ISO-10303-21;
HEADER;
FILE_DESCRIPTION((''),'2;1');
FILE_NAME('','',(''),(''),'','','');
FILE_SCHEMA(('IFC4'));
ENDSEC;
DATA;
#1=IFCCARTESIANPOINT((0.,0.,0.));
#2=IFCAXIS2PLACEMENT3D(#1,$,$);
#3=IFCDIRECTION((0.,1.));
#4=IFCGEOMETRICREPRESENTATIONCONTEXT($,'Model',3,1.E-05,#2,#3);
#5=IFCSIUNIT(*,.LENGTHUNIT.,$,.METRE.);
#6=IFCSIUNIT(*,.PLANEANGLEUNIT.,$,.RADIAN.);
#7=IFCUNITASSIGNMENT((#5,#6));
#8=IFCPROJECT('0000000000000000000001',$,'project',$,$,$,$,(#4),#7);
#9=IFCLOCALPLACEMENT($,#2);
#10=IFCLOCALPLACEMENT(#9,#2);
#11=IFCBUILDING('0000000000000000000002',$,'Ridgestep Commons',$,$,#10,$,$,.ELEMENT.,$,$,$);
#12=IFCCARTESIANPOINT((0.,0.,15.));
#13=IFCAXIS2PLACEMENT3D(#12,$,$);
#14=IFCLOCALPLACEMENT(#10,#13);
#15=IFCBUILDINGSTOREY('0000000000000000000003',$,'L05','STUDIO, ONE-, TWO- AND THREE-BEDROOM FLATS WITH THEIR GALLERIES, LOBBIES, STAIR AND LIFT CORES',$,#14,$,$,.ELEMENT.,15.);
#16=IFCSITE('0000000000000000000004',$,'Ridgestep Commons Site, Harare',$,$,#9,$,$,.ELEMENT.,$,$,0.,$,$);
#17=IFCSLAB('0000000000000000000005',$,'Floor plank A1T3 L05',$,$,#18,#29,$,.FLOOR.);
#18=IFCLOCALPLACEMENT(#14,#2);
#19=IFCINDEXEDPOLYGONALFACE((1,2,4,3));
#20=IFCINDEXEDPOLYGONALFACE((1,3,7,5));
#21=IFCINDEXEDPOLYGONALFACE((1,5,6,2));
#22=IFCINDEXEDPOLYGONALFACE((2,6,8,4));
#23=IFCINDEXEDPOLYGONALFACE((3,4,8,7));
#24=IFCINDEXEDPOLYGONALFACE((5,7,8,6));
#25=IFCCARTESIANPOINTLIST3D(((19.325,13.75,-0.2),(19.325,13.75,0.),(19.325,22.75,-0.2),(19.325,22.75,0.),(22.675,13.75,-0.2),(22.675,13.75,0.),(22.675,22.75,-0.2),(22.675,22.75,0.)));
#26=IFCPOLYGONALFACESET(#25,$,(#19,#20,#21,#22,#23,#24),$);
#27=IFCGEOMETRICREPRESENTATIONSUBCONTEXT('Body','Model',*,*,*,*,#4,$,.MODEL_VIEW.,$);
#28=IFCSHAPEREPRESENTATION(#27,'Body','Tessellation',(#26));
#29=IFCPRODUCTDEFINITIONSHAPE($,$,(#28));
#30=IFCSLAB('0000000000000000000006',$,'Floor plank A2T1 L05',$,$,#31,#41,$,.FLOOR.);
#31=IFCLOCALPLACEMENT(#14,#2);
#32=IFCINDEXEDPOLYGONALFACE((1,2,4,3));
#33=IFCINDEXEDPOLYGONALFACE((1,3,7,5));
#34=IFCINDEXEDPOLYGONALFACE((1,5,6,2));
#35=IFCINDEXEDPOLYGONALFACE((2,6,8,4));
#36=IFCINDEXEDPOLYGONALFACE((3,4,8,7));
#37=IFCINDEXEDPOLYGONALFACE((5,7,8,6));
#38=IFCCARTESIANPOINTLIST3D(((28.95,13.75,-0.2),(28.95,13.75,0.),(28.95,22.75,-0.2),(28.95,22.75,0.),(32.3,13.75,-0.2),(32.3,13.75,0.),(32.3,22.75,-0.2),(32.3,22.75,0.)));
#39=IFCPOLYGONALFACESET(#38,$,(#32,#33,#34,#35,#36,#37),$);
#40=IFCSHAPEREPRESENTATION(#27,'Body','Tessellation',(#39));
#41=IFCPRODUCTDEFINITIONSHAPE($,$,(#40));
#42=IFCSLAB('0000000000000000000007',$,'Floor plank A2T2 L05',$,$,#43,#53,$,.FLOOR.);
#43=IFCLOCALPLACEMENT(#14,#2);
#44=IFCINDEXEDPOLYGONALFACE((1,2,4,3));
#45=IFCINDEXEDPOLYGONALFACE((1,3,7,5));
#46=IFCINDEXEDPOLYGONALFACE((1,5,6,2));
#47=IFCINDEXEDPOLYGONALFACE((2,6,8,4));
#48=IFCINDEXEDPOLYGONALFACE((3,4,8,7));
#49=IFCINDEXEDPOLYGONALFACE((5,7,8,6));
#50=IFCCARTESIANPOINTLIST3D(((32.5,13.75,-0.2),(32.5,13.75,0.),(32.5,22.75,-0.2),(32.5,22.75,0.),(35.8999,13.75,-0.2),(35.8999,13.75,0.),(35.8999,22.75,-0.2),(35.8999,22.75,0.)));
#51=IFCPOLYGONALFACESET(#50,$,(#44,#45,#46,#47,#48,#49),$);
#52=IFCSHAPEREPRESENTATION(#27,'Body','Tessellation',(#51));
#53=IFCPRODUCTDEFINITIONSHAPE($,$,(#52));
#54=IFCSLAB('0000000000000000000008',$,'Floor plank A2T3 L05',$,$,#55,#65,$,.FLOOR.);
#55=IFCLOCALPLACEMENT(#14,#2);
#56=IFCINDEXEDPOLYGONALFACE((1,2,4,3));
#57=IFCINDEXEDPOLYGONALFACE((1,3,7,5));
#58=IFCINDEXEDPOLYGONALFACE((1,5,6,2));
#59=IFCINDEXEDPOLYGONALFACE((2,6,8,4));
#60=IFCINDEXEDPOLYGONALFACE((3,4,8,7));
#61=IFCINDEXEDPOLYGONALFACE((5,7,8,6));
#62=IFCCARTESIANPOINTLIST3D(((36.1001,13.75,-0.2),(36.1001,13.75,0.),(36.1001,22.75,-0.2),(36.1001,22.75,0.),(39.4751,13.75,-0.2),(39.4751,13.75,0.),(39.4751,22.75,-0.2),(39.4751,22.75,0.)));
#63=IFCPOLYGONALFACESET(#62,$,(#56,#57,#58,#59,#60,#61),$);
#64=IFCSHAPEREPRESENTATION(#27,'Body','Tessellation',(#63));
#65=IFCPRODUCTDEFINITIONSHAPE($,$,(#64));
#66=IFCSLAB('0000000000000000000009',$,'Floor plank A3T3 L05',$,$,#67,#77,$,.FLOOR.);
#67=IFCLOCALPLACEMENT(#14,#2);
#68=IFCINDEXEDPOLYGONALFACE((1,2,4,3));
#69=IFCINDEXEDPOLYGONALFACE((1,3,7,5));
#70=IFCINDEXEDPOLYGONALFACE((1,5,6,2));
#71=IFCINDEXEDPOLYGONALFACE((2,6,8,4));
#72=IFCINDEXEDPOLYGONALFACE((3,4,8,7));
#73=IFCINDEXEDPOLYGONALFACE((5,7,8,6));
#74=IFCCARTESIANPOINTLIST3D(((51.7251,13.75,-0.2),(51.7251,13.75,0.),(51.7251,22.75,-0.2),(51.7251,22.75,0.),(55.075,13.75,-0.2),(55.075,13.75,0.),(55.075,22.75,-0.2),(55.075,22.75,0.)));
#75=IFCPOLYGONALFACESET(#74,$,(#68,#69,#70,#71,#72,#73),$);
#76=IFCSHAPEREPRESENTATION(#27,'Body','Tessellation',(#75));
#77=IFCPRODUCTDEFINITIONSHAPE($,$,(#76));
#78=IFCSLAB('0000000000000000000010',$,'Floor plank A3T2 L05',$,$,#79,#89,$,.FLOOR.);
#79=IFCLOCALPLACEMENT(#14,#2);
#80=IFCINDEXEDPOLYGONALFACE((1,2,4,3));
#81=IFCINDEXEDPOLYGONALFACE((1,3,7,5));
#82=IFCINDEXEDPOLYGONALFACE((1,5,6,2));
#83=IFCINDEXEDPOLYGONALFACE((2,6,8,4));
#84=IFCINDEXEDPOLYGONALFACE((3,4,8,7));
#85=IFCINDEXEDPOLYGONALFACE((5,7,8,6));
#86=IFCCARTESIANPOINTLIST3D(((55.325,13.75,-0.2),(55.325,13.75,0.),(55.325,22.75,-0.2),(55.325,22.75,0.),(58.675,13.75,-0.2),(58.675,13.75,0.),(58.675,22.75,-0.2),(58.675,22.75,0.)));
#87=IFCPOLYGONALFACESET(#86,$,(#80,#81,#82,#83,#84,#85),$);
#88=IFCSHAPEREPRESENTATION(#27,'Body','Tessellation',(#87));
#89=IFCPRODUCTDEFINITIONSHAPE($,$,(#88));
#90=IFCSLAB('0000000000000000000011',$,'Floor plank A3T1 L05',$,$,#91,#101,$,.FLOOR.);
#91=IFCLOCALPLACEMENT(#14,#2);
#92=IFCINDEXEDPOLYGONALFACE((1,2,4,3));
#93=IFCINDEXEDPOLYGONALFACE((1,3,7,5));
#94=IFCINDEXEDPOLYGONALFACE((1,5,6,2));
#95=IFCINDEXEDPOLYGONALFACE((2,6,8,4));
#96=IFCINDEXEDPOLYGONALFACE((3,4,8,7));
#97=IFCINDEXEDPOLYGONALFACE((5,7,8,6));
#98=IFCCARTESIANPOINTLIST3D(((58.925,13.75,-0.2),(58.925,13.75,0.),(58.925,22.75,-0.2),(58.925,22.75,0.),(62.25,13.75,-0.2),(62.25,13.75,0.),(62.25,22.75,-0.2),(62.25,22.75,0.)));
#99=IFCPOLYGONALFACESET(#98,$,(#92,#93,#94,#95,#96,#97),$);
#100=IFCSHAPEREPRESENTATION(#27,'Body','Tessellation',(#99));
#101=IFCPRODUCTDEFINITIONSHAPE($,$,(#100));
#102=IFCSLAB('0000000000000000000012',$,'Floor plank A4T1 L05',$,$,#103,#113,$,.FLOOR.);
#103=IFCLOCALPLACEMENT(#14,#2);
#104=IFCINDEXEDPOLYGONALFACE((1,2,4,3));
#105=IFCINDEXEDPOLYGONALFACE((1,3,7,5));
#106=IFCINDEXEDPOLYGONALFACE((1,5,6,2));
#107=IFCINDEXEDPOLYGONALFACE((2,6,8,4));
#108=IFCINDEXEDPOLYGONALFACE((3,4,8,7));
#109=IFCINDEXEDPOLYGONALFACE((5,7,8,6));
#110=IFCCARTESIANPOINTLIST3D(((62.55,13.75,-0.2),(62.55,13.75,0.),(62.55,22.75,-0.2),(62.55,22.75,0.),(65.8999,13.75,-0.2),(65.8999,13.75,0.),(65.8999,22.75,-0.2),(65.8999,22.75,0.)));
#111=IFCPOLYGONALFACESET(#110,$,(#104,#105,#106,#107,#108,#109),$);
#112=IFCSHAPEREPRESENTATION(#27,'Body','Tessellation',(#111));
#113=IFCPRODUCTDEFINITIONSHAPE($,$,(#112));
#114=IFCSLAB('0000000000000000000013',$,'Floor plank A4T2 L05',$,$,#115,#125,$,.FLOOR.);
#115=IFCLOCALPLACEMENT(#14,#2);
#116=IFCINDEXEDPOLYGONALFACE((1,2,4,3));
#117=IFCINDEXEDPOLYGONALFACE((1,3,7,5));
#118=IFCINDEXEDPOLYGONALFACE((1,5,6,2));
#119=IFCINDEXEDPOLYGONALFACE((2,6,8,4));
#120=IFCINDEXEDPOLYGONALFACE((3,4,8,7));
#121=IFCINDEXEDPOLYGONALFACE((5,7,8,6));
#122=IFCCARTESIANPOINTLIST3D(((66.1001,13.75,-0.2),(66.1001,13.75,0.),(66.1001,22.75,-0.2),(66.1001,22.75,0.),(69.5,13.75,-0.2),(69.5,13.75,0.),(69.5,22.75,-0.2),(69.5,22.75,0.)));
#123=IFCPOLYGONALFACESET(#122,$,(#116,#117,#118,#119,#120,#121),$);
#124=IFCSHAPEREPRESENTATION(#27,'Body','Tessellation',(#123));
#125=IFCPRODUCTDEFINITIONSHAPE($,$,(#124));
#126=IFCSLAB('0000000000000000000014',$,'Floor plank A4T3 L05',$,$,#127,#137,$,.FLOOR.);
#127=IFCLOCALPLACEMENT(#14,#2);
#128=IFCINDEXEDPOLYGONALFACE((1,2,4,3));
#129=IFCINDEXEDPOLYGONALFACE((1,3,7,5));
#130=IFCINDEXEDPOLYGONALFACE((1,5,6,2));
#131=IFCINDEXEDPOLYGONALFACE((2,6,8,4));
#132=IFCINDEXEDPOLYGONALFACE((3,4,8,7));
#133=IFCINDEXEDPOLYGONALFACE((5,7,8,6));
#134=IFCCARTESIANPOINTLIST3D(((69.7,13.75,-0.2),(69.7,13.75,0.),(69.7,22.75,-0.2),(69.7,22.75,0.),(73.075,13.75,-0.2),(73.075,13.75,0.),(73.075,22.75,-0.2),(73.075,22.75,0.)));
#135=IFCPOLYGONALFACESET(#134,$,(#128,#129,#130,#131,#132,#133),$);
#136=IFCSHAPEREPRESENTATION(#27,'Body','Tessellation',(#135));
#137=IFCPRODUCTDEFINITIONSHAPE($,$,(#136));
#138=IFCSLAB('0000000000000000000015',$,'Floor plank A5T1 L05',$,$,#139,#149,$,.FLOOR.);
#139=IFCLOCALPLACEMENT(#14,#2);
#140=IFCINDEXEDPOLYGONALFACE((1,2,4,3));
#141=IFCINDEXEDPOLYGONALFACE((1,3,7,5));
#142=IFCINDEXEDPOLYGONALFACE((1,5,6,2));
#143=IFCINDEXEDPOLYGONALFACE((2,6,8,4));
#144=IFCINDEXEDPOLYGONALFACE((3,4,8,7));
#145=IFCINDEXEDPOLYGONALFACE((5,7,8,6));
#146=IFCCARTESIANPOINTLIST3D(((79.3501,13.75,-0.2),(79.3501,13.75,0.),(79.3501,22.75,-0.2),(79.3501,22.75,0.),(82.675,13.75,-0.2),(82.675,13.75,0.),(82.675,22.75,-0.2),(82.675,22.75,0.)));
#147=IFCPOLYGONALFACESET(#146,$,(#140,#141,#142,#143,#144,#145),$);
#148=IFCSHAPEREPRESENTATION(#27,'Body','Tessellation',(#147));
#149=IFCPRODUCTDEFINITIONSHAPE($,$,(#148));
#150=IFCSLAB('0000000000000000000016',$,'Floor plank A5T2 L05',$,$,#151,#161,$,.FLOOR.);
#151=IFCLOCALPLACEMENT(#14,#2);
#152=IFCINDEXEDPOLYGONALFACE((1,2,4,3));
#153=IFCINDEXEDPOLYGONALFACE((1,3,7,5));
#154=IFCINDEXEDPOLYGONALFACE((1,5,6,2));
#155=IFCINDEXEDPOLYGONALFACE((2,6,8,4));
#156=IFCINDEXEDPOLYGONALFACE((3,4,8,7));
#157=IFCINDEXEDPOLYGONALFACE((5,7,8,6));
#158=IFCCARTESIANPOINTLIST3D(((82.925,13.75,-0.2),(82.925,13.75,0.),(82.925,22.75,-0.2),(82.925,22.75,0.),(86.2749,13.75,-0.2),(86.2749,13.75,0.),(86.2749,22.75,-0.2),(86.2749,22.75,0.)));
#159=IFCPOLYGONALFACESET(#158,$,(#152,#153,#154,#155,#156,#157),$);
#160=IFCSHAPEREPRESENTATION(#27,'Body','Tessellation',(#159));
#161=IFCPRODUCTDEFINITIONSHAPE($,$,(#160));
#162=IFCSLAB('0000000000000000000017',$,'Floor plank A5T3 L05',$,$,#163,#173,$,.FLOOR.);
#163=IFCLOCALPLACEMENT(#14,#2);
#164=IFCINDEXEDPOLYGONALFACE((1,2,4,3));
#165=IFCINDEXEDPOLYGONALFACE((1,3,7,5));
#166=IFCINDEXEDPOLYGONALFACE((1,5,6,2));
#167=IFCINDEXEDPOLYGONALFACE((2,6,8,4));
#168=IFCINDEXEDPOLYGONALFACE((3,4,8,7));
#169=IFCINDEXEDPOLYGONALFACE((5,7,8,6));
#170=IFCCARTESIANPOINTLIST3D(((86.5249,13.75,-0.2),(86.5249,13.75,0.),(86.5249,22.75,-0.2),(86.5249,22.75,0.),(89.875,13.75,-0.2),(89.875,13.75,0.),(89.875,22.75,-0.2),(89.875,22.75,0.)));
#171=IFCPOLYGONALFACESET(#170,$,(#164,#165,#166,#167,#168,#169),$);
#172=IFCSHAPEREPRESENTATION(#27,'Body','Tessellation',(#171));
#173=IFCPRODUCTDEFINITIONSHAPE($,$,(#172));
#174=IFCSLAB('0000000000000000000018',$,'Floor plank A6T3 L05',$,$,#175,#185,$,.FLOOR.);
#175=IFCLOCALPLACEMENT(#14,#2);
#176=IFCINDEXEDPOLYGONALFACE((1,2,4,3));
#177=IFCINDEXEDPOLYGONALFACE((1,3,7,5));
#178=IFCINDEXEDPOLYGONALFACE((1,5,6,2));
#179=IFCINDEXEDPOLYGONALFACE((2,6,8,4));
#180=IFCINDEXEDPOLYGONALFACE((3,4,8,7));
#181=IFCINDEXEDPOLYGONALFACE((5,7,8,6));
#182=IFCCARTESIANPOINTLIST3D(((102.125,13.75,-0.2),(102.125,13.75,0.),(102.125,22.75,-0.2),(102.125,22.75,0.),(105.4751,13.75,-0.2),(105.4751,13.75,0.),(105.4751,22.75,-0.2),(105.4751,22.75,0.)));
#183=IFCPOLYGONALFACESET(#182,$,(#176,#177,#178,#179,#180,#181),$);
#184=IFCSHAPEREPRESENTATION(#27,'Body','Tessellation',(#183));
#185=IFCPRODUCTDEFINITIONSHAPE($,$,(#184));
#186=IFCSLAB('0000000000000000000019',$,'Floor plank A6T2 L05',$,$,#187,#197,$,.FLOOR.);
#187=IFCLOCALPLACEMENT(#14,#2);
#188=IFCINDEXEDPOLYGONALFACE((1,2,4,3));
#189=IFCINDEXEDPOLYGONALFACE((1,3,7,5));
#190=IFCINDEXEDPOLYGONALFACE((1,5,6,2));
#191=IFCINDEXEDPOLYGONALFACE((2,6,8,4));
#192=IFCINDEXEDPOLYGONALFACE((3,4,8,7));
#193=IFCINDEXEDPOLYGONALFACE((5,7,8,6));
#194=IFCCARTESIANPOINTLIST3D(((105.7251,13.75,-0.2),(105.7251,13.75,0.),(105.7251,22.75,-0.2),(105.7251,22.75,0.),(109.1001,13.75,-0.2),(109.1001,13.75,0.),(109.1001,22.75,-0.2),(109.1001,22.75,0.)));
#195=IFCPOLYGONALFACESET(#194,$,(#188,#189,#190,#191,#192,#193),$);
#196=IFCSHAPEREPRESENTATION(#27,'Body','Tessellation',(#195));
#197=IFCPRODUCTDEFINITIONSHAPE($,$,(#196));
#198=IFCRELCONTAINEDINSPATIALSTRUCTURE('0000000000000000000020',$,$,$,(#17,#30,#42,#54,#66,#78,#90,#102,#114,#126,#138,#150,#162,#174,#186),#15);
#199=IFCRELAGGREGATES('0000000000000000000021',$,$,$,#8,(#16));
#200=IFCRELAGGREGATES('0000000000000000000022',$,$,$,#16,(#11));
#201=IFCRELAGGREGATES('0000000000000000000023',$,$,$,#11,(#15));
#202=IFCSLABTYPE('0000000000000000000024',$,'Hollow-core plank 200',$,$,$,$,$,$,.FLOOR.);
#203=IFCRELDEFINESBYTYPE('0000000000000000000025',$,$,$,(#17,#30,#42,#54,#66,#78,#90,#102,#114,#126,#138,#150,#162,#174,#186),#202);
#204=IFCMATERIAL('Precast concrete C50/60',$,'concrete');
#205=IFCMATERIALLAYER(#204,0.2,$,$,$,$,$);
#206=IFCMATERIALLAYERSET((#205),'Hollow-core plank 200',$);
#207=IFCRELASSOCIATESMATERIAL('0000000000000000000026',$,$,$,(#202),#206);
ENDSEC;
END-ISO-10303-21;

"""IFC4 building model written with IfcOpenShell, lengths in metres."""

from ifc_helpers import new_model, si_unit, direction, frame, origin, place, context, subcontext, project, spatial, polyline, outline, extrude, material, layer, layer_set, type_object, element, save


model = new_model("IFC4")

# Units and contexts
model_context = context("Model", 3, precision=1e-05, world=origin(), true_north=direction((0.0, 1.0)))
body_context = subcontext(model_context, "Body", "Model", "MODEL_VIEW")
ifc_project = project(units=[si_unit("LENGTHUNIT", "METRE"), si_unit("PLANEANGLEUNIT", "RADIAN")], contexts=[model_context])

# Site, building, storey
site_placement = place(None, origin())
site = spatial("IfcSite", under=ifc_project, at=site_placement, Name="Ridgestep Commons Site, Harare", CompositionType="ELEMENT", RefElevation=0.0)
building_placement = place(site_placement, origin())
building = spatial("IfcBuilding", under=site, at=building_placement, Name="Ridgestep Commons", CompositionType="ELEMENT")
storey_placement = place(building_placement, frame((0.0, 0.0, 15.0)))
storey = spatial("IfcBuildingStorey", under=building, at=storey_placement, Name="L05", Description="STUDIO, ONE-, TWO- AND THREE-BEDROOM FLATS WITH THEIR GALLERIES, LOBBIES, STAIR AND LIFT CORES", CompositionType="ELEMENT", Elevation=15.0)

# Slabs
ifc_material_1 = material(Name="Precast concrete C50/60", Category="concrete")
ifc_layer_1 = layer(ifc_material_1, 0.2)
ifc_layer_set_1 = layer_set([ifc_layer_1], Name="Hollow-core plank 200")
slab_type_1 = type_object("IfcSlabType", Name="Hollow-core plank 200", PredefinedType="FLOOR", material=ifc_layer_set_1)
slab_1_placement = place(storey_placement, frame((0.0, 0.0, -0.2)))
element("IfcSlab", 1, at=slab_1_placement, inside=storey, type_object=slab_type_1, Name="Floor plank A1T3 L05", PredefinedType="FLOOR", context=body_context, shape_type="SweptSolid", body=[
    extrude(outline(polyline([(22.675, 13.75), (22.675, 22.75), (19.325, 22.75), (19.325, 13.75), (22.675, 13.75)])), origin(), (0.0, 0.0, 1.0), 0.2),
])
slab_2_placement = place(storey_placement, frame((0.0, 0.0, -0.2)))
element("IfcSlab", 2, at=slab_2_placement, inside=storey, type_object=slab_type_1, Name="Floor plank A2T1 L05", PredefinedType="FLOOR", context=body_context, shape_type="SweptSolid", body=[
    extrude(outline(polyline([(32.3, 13.75), (32.3, 22.75), (28.95, 22.75), (28.95, 13.75), (32.3, 13.75)])), origin(), (0.0, 0.0, 1.0), 0.2),
])
slab_3_placement = place(storey_placement, frame((0.0, 0.0, -0.2)))
element("IfcSlab", 3, at=slab_3_placement, inside=storey, type_object=slab_type_1, Name="Floor plank A2T2 L05", PredefinedType="FLOOR", context=body_context, shape_type="SweptSolid", body=[
    extrude(outline(polyline([(35.8999, 13.75), (35.8999, 22.75), (32.5, 22.75), (32.5, 13.75), (35.8999, 13.75)])), origin(), (0.0, 0.0, 1.0), 0.2),
])
slab_4_placement = place(storey_placement, frame((0.0, 0.0, -0.2)))
element("IfcSlab", 4, at=slab_4_placement, inside=storey, type_object=slab_type_1, Name="Floor plank A2T3 L05", PredefinedType="FLOOR", context=body_context, shape_type="SweptSolid", body=[
    extrude(outline(polyline([(39.4751, 13.75), (39.4751, 22.75), (36.1001, 22.75), (36.1001, 13.75), (39.4751, 13.75)])), origin(), (0.0, 0.0, 1.0), 0.2),
])
slab_5_placement = place(storey_placement, frame((0.0, 0.0, -0.2)))
element("IfcSlab", 5, at=slab_5_placement, inside=storey, type_object=slab_type_1, Name="Floor plank A3T3 L05", PredefinedType="FLOOR", context=body_context, shape_type="SweptSolid", body=[
    extrude(outline(polyline([(55.075, 13.75), (55.075, 22.75), (51.7251, 22.75), (51.7251, 13.75), (55.075, 13.75)])), origin(), (0.0, 0.0, 1.0), 0.2),
])
slab_6_placement = place(storey_placement, frame((0.0, 0.0, -0.2)))
element("IfcSlab", 6, at=slab_6_placement, inside=storey, type_object=slab_type_1, Name="Floor plank A3T2 L05", PredefinedType="FLOOR", context=body_context, shape_type="SweptSolid", body=[
    extrude(outline(polyline([(58.675, 13.75), (58.675, 22.75), (55.325, 22.75), (55.325, 13.75), (58.675, 13.75)])), origin(), (0.0, 0.0, 1.0), 0.2),
])
slab_7_placement = place(storey_placement, frame((0.0, 0.0, -0.2)))
element("IfcSlab", 7, at=slab_7_placement, inside=storey, type_object=slab_type_1, Name="Floor plank A3T1 L05", PredefinedType="FLOOR", context=body_context, shape_type="SweptSolid", body=[
    extrude(outline(polyline([(62.25, 13.75), (62.25, 22.75), (58.925, 22.75), (58.925, 13.75), (62.25, 13.75)])), origin(), (0.0, 0.0, 1.0), 0.2),
])
slab_8_placement = place(storey_placement, frame((0.0, 0.0, -0.2)))
element("IfcSlab", 8, at=slab_8_placement, inside=storey, type_object=slab_type_1, Name="Floor plank A4T1 L05", PredefinedType="FLOOR", context=body_context, shape_type="SweptSolid", body=[
    extrude(outline(polyline([(65.8999, 13.75), (65.8999, 22.75), (62.55, 22.75), (62.55, 13.75), (65.8999, 13.75)])), origin(), (0.0, 0.0, 1.0), 0.2),
])
slab_9_placement = place(storey_placement, frame((0.0, 0.0, -0.2)))
element("IfcSlab", 9, at=slab_9_placement, inside=storey, type_object=slab_type_1, Name="Floor plank A4T2 L05", PredefinedType="FLOOR", context=body_context, shape_type="SweptSolid", body=[
    extrude(outline(polyline([(69.5, 13.75), (69.5, 22.75), (66.1001, 22.75), (66.1001, 13.75), (69.5, 13.75)])), origin(), (0.0, 0.0, 1.0), 0.2),
])
slab_10_placement = place(storey_placement, frame((0.0, 0.0, -0.2)))
element("IfcSlab", 10, at=slab_10_placement, inside=storey, type_object=slab_type_1, Name="Floor plank A4T3 L05", PredefinedType="FLOOR", context=body_context, shape_type="SweptSolid", body=[
    extrude(outline(polyline([(73.075, 13.75), (73.075, 22.75), (69.7, 22.75), (69.7, 13.75), (73.075, 13.75)])), origin(), (0.0, 0.0, 1.0), 0.2),
])
slab_11_placement = place(storey_placement, frame((0.0, 0.0, -0.2)))
element("IfcSlab", 11, at=slab_11_placement, inside=storey, type_object=slab_type_1, Name="Floor plank A5T1 L05", PredefinedType="FLOOR", context=body_context, shape_type="SweptSolid", body=[
    extrude(outline(polyline([(82.675, 13.75), (82.675, 22.75), (79.3501, 22.75), (79.3501, 13.75), (82.675, 13.75)])), origin(), (0.0, 0.0, 1.0), 0.2),
])
slab_12_placement = place(storey_placement, frame((0.0, 0.0, -0.2)))
element("IfcSlab", 12, at=slab_12_placement, inside=storey, type_object=slab_type_1, Name="Floor plank A5T2 L05", PredefinedType="FLOOR", context=body_context, shape_type="SweptSolid", body=[
    extrude(outline(polyline([(86.2749, 13.75), (86.2749, 22.75), (82.925, 22.75), (82.925, 13.75), (86.2749, 13.75)])), origin(), (0.0, 0.0, 1.0), 0.2),
])
slab_13_placement = place(storey_placement, frame((0.0, 0.0, -0.2)))
element("IfcSlab", 13, at=slab_13_placement, inside=storey, type_object=slab_type_1, Name="Floor plank A5T3 L05", PredefinedType="FLOOR", context=body_context, shape_type="SweptSolid", body=[
    extrude(outline(polyline([(89.875, 13.75), (89.875, 22.75), (86.5249, 22.75), (86.5249, 13.75), (89.875, 13.75)])), origin(), (0.0, 0.0, 1.0), 0.2),
])
slab_14_placement = place(storey_placement, frame((0.0, 0.0, -0.2)))
element("IfcSlab", 14, at=slab_14_placement, inside=storey, type_object=slab_type_1, Name="Floor plank A6T3 L05", PredefinedType="FLOOR", context=body_context, shape_type="SweptSolid", body=[
    extrude(outline(polyline([(105.4751, 13.75), (105.4751, 22.75), (102.125, 22.75), (102.125, 13.75), (105.4751, 13.75)])), origin(), (0.0, 0.0, 1.0), 0.2),
])
slab_15_placement = place(storey_placement, frame((0.0, 0.0, -0.2)))
element("IfcSlab", 15, at=slab_15_placement, inside=storey, type_object=slab_type_1, Name="Floor plank A6T2 L05", PredefinedType="FLOOR", context=body_context, shape_type="SweptSolid", body=[
    extrude(outline(polyline([(109.1001, 13.75), (109.1001, 22.75), (105.7251, 22.75), (105.7251, 13.75), (109.1001, 13.75)])), origin(), (0.0, 0.0, 1.0), 0.2),
])

save(model, "model.ifc")
